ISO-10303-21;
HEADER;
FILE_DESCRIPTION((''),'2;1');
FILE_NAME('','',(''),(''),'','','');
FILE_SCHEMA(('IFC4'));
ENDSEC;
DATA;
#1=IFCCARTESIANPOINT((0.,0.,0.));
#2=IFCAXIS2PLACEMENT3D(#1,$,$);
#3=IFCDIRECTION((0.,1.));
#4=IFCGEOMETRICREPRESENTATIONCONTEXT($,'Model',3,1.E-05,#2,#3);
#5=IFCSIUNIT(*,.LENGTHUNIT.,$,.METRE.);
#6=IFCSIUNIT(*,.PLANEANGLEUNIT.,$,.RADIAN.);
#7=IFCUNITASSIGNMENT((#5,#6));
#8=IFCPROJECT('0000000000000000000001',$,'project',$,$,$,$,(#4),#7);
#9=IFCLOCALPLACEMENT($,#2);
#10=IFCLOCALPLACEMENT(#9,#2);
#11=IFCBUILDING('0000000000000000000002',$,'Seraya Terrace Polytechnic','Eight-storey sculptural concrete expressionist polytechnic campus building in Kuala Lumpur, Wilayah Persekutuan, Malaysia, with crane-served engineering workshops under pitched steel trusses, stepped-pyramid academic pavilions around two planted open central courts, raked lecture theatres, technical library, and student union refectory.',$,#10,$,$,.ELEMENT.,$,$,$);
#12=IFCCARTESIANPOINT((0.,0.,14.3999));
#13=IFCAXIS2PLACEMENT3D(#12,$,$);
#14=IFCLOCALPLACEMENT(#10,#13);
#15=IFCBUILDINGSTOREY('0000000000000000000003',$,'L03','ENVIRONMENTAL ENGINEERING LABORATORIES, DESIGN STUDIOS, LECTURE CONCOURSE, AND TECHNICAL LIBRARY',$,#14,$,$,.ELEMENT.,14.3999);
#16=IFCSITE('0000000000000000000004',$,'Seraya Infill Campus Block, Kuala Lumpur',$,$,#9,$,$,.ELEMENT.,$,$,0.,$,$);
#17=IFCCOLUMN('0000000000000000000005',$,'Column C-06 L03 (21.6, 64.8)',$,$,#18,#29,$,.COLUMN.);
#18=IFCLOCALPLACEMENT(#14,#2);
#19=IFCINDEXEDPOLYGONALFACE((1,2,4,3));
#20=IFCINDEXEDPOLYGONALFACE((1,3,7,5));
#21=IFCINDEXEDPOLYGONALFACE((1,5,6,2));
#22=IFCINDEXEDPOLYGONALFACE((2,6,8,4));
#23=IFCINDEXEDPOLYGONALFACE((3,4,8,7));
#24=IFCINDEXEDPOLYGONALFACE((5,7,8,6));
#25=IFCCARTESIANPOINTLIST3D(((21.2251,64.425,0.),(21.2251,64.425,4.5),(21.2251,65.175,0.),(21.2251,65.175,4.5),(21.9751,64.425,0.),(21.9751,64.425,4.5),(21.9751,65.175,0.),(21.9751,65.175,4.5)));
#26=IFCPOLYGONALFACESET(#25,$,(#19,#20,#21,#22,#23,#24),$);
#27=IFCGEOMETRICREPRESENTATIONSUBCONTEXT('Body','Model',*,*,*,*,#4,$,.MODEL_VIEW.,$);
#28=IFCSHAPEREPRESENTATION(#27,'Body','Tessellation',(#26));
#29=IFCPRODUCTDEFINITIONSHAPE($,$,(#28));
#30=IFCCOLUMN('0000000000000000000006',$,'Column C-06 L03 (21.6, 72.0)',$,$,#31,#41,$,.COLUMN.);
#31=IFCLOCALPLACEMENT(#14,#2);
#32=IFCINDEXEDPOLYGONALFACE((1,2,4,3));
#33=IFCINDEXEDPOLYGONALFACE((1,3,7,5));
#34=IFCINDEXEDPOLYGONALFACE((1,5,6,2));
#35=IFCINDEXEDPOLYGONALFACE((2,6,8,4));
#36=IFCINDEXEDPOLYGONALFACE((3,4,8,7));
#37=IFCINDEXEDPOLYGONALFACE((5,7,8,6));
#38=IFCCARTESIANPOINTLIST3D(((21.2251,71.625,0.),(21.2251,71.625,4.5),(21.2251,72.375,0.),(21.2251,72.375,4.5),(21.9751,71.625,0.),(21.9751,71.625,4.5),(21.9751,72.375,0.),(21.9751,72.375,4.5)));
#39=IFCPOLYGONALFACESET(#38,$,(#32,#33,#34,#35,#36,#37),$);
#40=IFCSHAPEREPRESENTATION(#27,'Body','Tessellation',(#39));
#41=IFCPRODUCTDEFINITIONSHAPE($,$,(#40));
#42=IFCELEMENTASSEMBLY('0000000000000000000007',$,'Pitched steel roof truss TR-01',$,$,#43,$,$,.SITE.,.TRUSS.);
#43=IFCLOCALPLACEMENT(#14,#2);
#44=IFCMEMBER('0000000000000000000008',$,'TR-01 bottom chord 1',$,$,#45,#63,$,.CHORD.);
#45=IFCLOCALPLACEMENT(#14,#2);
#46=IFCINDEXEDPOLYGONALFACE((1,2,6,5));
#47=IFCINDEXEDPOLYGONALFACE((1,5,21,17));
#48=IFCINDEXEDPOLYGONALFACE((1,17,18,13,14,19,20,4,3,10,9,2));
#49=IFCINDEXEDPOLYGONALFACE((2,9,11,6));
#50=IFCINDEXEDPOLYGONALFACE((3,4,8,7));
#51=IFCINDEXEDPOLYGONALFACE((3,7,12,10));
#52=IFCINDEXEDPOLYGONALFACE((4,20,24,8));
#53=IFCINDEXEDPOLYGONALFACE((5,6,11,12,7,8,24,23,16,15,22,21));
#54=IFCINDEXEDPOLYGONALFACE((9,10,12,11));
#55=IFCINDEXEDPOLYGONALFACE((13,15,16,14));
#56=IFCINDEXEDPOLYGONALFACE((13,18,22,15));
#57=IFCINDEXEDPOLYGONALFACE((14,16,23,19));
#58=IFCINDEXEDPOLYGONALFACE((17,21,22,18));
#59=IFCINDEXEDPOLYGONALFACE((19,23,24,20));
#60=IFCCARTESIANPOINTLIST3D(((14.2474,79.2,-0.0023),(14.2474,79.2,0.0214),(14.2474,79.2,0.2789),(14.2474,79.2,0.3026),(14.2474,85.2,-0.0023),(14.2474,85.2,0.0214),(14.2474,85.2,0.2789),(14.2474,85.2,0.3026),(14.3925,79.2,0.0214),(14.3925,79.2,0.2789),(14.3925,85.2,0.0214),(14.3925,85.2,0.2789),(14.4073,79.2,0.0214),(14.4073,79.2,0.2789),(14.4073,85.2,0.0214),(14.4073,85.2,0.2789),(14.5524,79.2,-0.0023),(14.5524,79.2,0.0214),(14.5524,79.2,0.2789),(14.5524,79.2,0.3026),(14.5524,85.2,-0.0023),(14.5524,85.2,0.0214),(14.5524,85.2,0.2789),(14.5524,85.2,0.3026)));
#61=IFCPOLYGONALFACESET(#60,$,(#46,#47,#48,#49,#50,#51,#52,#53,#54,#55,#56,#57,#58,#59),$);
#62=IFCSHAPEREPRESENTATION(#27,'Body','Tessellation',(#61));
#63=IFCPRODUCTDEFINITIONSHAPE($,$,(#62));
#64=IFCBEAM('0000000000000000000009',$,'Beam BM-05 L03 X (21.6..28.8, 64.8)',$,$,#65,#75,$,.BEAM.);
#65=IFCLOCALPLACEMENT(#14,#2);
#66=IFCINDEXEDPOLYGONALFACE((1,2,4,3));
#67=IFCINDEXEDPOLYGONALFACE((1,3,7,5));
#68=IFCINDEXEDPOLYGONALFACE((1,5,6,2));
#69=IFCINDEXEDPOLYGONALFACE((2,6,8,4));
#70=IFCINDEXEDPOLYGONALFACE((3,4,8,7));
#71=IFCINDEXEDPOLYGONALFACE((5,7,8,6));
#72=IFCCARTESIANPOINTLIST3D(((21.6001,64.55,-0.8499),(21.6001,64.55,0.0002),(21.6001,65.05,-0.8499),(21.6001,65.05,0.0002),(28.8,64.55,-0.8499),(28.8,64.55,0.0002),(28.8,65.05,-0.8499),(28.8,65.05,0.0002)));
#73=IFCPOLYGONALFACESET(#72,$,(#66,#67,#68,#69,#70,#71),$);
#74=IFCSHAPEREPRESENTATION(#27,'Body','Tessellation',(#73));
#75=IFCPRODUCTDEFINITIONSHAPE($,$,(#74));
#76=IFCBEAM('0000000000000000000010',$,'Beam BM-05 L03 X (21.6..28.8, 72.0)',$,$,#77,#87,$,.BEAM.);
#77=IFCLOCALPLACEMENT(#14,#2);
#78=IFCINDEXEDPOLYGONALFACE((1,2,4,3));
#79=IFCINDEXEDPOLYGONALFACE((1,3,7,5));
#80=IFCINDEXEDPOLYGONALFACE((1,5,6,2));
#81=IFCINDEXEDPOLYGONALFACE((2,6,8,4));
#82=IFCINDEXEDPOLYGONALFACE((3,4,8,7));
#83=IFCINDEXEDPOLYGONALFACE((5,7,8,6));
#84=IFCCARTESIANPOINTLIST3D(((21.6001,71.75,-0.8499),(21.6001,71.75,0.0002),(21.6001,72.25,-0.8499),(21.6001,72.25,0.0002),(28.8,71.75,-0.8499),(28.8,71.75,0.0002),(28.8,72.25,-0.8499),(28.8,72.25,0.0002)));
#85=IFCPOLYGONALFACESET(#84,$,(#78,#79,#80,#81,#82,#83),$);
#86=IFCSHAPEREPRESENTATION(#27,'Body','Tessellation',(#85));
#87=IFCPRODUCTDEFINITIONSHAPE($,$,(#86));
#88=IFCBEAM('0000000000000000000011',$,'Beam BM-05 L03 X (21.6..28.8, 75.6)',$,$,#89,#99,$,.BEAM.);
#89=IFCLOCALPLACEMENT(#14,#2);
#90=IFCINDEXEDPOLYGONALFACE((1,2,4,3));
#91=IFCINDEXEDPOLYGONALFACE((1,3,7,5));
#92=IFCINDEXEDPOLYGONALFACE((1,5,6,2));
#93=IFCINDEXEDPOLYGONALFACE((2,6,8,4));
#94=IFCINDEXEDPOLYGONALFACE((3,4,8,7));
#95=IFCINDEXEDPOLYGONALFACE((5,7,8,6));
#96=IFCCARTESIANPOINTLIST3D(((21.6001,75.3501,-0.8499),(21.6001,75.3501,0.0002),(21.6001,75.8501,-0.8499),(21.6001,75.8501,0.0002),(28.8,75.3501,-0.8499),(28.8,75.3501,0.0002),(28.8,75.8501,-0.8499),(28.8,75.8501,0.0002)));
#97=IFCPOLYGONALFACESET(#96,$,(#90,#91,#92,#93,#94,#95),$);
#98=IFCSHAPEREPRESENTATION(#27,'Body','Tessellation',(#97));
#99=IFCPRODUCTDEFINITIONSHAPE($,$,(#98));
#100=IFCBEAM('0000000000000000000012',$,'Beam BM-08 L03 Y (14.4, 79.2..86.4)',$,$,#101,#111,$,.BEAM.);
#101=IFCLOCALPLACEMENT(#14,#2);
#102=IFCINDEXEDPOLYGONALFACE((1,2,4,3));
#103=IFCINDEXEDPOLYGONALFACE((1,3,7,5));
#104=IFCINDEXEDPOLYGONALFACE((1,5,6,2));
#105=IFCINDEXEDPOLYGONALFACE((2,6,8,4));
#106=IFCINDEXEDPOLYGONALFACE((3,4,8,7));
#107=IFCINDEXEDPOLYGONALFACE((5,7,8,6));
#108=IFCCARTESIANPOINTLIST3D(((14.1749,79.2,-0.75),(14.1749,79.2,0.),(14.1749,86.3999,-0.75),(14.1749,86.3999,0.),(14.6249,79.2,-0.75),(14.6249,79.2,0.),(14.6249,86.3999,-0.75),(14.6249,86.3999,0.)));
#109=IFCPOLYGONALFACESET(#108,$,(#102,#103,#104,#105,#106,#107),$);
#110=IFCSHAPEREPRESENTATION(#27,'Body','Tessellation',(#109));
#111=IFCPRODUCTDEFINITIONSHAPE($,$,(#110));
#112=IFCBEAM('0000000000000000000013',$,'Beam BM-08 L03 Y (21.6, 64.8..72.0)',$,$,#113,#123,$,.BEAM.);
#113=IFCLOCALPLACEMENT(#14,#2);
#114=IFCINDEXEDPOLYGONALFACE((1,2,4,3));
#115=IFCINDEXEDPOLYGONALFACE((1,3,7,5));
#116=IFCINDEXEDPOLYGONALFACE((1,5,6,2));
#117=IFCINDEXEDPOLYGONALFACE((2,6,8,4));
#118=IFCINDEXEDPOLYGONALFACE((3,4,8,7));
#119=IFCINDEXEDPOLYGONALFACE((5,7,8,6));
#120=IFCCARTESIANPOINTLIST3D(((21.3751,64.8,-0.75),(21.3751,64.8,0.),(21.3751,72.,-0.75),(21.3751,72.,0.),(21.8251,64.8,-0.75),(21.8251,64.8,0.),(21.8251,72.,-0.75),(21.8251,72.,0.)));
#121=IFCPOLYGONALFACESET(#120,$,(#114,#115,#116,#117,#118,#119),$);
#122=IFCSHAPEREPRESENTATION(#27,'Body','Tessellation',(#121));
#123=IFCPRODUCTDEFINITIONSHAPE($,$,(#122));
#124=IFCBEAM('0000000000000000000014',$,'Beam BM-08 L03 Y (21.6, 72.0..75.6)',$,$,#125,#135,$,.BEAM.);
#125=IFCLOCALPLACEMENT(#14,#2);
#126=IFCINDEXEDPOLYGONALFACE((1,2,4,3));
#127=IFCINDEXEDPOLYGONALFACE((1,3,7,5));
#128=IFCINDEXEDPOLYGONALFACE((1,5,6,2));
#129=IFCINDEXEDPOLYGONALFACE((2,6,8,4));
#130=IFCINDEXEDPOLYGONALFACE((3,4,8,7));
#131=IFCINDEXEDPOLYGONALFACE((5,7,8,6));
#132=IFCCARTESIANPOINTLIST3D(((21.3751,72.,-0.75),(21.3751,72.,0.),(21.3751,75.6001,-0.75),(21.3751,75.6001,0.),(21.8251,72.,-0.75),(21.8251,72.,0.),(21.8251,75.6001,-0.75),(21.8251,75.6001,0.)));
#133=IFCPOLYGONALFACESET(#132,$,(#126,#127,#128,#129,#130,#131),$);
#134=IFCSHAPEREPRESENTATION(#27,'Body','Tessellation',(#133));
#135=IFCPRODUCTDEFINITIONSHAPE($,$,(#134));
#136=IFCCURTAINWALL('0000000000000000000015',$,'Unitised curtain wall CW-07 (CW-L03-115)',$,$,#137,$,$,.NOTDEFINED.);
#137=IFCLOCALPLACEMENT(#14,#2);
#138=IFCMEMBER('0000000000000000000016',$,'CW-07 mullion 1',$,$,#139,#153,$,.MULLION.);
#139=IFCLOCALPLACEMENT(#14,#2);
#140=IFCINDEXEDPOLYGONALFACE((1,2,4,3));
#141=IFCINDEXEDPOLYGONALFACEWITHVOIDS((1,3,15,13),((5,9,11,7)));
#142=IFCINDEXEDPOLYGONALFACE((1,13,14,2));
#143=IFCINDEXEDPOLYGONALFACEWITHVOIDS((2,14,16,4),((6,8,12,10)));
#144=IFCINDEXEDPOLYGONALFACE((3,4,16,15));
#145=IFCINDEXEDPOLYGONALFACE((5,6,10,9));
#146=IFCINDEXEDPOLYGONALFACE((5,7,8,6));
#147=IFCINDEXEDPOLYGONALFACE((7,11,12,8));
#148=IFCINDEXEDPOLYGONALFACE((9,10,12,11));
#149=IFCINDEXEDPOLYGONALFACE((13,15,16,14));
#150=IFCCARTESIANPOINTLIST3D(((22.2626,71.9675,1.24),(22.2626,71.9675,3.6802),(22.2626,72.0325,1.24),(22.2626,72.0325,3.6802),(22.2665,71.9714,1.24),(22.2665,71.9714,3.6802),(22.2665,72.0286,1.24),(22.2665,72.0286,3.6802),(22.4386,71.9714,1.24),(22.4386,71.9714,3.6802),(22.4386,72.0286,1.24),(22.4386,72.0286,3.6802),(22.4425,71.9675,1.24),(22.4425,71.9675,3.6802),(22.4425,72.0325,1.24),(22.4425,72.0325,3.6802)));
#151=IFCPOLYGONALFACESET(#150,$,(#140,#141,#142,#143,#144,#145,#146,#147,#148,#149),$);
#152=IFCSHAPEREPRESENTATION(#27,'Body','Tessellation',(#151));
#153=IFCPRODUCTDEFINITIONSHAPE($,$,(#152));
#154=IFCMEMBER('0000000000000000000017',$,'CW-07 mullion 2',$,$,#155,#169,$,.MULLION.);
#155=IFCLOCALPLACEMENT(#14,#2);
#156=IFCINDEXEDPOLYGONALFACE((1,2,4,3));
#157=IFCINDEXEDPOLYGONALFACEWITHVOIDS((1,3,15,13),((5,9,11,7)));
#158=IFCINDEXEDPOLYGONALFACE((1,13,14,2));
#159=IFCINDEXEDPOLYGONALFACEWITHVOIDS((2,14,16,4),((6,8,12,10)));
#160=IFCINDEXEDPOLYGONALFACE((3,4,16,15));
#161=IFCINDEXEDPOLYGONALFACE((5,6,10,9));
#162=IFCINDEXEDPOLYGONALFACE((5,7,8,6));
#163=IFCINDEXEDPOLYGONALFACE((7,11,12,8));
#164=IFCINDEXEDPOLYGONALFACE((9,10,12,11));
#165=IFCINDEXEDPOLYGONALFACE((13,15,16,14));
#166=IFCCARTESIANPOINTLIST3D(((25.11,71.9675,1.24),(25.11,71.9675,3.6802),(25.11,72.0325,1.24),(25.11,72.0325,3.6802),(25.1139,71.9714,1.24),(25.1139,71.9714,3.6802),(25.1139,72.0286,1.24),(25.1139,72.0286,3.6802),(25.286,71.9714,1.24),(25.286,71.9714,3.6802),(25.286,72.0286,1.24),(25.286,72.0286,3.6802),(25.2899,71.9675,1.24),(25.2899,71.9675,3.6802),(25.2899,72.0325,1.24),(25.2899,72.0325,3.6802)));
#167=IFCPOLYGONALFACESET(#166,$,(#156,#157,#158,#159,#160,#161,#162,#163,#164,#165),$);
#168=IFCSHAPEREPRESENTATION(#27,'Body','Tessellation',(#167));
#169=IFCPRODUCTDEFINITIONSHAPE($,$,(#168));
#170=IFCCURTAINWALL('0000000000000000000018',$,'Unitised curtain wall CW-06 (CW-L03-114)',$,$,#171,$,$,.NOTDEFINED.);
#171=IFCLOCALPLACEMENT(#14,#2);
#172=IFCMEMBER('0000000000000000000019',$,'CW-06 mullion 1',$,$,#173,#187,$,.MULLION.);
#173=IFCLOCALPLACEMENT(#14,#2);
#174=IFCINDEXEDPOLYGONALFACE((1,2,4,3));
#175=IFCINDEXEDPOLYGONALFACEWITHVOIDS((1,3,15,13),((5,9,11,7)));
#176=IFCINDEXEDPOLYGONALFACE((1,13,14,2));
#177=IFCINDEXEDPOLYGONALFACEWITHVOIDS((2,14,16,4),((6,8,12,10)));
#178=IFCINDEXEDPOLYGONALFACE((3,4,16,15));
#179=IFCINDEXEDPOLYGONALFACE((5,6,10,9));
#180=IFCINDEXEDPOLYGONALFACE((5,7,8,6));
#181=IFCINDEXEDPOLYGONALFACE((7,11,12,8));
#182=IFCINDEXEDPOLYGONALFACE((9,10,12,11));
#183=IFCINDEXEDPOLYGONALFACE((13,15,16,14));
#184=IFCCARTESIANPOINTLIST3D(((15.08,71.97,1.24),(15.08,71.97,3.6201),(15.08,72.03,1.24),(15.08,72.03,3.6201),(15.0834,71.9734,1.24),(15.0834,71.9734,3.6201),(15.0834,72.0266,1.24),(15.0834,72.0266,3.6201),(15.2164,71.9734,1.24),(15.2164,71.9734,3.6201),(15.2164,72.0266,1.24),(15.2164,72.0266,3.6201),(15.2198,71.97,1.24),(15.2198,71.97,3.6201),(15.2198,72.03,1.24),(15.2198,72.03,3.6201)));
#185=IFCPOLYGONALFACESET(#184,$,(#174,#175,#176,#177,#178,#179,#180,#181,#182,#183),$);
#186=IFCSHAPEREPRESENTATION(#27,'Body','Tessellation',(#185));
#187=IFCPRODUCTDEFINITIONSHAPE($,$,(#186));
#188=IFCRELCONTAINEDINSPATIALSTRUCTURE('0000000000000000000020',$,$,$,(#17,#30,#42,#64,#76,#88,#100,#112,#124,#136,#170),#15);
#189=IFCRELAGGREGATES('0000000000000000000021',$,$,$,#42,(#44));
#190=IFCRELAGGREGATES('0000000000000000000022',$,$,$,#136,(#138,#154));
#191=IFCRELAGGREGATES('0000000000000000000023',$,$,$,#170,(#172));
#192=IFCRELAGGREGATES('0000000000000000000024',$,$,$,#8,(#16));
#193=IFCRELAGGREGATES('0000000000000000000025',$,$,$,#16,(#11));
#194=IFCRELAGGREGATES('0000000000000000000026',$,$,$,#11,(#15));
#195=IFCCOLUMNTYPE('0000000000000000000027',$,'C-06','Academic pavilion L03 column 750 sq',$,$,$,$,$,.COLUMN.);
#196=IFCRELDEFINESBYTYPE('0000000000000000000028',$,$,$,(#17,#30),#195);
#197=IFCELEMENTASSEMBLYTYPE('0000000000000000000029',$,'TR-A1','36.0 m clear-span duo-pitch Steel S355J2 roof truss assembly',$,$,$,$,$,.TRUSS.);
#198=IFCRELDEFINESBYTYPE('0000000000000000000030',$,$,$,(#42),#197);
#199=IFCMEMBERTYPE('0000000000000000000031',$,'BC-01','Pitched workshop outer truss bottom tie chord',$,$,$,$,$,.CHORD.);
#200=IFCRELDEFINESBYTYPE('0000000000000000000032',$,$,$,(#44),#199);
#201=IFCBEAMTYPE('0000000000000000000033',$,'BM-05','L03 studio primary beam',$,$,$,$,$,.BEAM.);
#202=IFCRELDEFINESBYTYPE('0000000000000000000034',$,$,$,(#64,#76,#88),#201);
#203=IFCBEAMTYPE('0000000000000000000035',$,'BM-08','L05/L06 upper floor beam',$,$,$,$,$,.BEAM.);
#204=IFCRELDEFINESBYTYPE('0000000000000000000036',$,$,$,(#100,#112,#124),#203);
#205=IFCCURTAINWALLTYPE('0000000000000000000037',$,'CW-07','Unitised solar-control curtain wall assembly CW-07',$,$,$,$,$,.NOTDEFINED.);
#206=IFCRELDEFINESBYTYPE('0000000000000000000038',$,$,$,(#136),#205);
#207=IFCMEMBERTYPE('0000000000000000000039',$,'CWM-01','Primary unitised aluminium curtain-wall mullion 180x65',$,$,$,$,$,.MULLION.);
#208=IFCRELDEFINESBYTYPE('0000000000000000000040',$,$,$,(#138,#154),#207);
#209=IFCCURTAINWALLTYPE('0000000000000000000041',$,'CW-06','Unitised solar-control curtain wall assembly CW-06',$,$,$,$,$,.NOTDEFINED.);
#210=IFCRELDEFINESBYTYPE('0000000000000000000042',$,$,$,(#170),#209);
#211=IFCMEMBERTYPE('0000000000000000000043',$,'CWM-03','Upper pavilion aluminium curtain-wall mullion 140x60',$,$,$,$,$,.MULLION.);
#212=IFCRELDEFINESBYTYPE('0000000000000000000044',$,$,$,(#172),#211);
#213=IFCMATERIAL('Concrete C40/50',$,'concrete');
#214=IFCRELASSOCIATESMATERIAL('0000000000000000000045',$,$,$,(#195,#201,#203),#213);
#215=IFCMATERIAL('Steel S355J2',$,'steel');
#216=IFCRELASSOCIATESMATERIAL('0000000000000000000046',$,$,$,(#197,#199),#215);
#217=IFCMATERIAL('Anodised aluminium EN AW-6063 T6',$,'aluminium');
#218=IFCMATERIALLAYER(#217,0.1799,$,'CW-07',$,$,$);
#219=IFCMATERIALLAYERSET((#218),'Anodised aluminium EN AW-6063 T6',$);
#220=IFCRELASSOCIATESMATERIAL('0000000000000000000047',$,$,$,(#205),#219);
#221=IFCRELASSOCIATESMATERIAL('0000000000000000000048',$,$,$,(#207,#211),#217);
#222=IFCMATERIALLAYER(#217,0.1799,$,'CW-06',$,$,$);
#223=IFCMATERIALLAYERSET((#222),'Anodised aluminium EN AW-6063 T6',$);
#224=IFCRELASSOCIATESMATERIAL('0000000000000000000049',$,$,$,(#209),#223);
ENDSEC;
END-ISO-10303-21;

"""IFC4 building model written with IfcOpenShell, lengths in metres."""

from ifc_helpers import new_model, si_unit, direction, frame, origin, origin_2d, place, context, subcontext, project, spatial, rectangle, hollow_rectangle, i_section, extrude, material, layer, layer_set, material_profile, profile_set, type_object, element, aggregate, save


model = new_model("IFC4")

# Units and contexts
model_context = context("Model", 3, precision=1e-05, world=origin(), true_north=direction((0.0, 1.0)))
body_context = subcontext(model_context, "Body", "Model", "MODEL_VIEW")
ifc_project = project(units=[si_unit("LENGTHUNIT", "METRE"), si_unit("PLANEANGLEUNIT", "RADIAN")], contexts=[model_context])

# Site, building, storey
site_placement = place(None, origin())
site = spatial("IfcSite", under=ifc_project, at=site_placement, Name="Seraya Infill Campus Block, Kuala Lumpur", CompositionType="ELEMENT", RefElevation=0.0)
building_placement = place(site_placement, origin())
building = spatial("IfcBuilding", under=site, at=building_placement, Name="Seraya Terrace Polytechnic", Description="Eight-storey sculptural concrete expressionist polytechnic campus building in Kuala Lumpur, Wilayah Persekutuan, Malaysia, with crane-served engineering workshops under pitched steel trusses, stepped-pyramid academic pavilions around two planted open central courts, raked lecture theatres, technical library, and student union refectory.", CompositionType="ELEMENT")
storey_placement = place(building_placement, frame((0.0, 0.0, 14.3999)))
storey = spatial("IfcBuildingStorey", under=building, at=storey_placement, Name="L03", Description="ENVIRONMENTAL ENGINEERING LABORATORIES, DESIGN STUDIOS, LECTURE CONCOURSE, AND TECHNICAL LIBRARY", CompositionType="ELEMENT", Elevation=14.3999)

# Columns
ifc_material_1 = material(Name="Concrete C40/50", Category="concrete")
ifc_material_profile_1 = material_profile(ifc_material_1, rectangle(XDim=0.75, YDim=0.75, at=origin_2d()), Name="RC 750x750")
ifc_profile_set_1 = profile_set([ifc_material_profile_1], Name="Concrete C40/50")
column_type = type_object("IfcColumnType", Name="C-06", Description="Academic pavilion L03 column 750 sq", PredefinedType="COLUMN", material=ifc_profile_set_1)
for number, where, z_axis, x_axis, name in (
    (1, (21.6001, 64.8, 0.0), (0.0, 0.0, 1.0), (1.0, 0.0, 0.0), "Column C-06 L03 (21.6, 64.8)"),
    (2, (21.6001, 72.0, 0.0), (0.0, 0.0, 1.0), (1.0, 0.0, 0.0), "Column C-06 L03 (21.6, 72.0)"),
):
    element("IfcColumn", number, at=place(storey_placement, frame(where, z_axis=z_axis, x_axis=x_axis)), inside=storey, type_object=column_type, Name=name, PredefinedType="COLUMN", context=body_context, shape_type="SweptSolid", body=[
        extrude(rectangle(XDim=0.75, YDim=0.75, at=origin_2d()), origin(), (0.0, 0.0, 1.0), 4.5),
    ])

# Element assembly, member
ifc_material_2 = material(Name="Steel S355J2", Category="steel")
element_assembly_type = type_object("IfcElementAssemblyType", Name="TR-A1", Description="36.0 m clear-span duo-pitch Steel S355J2 roof truss assembly", PredefinedType="TRUSS", material=ifc_material_2)
assembly_placement = place(storey_placement, origin())
assembly = element("IfcElementAssembly", 3, at=assembly_placement, inside=storey, type_object=element_assembly_type, Name="Pitched steel roof truss TR-01", AssemblyPlace="SITE", PredefinedType="TRUSS")
ifc_material_profile_2 = material_profile(ifc_material_2, i_section(OverallWidth=0.3049, OverallDepth=0.3049, WebThickness=0.0149, FlangeThickness=0.0237, at=origin_2d()), Name="UKC 305x305x14.9x23.8")
ifc_profile_set_2 = profile_set([ifc_material_profile_2], Name="Steel S355J2")
member_type_1 = type_object("IfcMemberType", Name="BC-01", Description="Pitched workshop outer truss bottom tie chord", PredefinedType="CHORD", material=ifc_profile_set_2)
member_1_placement = place(storey_placement, frame((14.3999, 79.2, 0.1501), z_axis=(0.0, 1.0, 0.0), x_axis=(-1.0, 0.0, 0.0)))
member_1 = element("IfcMember", 4, at=member_1_placement, type_object=member_type_1, Name="TR-01 bottom chord 1", PredefinedType="CHORD", context=body_context, shape_type="SweptSolid", body=[
    extrude(i_section(OverallWidth=0.3049, OverallDepth=0.3049, WebThickness=0.0149, FlangeThickness=0.0237, at=origin_2d()), origin(), (0.0, 0.0, 1.0), 6.0),
])

# Beams
ifc_material_profile_3 = material_profile(ifc_material_1, rectangle(XDim=0.5, YDim=0.8501, at=origin_2d()), Name="RC 500x850")
ifc_profile_set_3 = profile_set([ifc_material_profile_3], Name="Concrete C40/50")
beam_type_1 = type_object("IfcBeamType", Name="BM-05", Description="L03 studio primary beam", PredefinedType="BEAM", material=ifc_profile_set_3)
for number, where, z_axis, x_axis, name in (
    (5, (21.6001, 64.8, -0.4248), (1.0, 0.0, 0.0), (0.0, 1.0, 0.0), "Beam BM-05 L03 X (21.6..28.8, 64.8)"),
    (6, (21.6001, 72.0, -0.4248), (1.0, 0.0, 0.0), (0.0, 1.0, 0.0), "Beam BM-05 L03 X (21.6..28.8, 72.0)"),
    (7, (21.6001, 75.6001, -0.4248), (1.0, 0.0, 0.0), (0.0, 1.0, 0.0), "Beam BM-05 L03 X (21.6..28.8, 75.6)"),
):
    element("IfcBeam", number, at=place(storey_placement, frame(where, z_axis=z_axis, x_axis=x_axis)), inside=storey, type_object=beam_type_1, Name=name, PredefinedType="BEAM", context=body_context, shape_type="SweptSolid", body=[
        extrude(rectangle(XDim=0.5, YDim=0.8501, at=origin_2d()), origin(), (0.0, 0.0, 1.0), 7.2),
    ])
ifc_material_profile_4 = material_profile(ifc_material_1, rectangle(XDim=0.45, YDim=0.75, at=origin_2d()), Name="RC 450x750")
ifc_profile_set_4 = profile_set([ifc_material_profile_4], Name="Concrete C40/50")
beam_type_2 = type_object("IfcBeamType", Name="BM-08", Description="L05/L06 upper floor beam", PredefinedType="BEAM", material=ifc_profile_set_4)
for number, where, z_axis, x_axis, name in (
    (8, (14.3999, 79.2, -0.375), (0.0, 1.0, 0.0), (-1.0, 0.0, 0.0), "Beam BM-08 L03 Y (14.4, 79.2..86.4)"),
    (9, (21.6001, 64.8, -0.375), (0.0, 1.0, 0.0), (-1.0, 0.0, 0.0), "Beam BM-08 L03 Y (21.6, 64.8..72.0)"),
):
    element("IfcBeam", number, at=place(storey_placement, frame(where, z_axis=z_axis, x_axis=x_axis)), inside=storey, type_object=beam_type_2, Name=name, PredefinedType="BEAM", context=body_context, shape_type="SweptSolid", body=[
        extrude(rectangle(XDim=0.45, YDim=0.75, at=origin_2d()), origin(), (0.0, 0.0, 1.0), 7.2),
    ])
beam_1_placement = place(storey_placement, frame((21.6001, 72.0, -0.375), z_axis=(0.0, 1.0, 0.0), x_axis=(-1.0, 0.0, 0.0)))
element("IfcBeam", 10, at=beam_1_placement, inside=storey, type_object=beam_type_2, Name="Beam BM-08 L03 Y (21.6, 72.0..75.6)", PredefinedType="BEAM", context=body_context, shape_type="SweptSolid", body=[
    extrude(rectangle(XDim=0.45, YDim=0.75, at=origin_2d()), origin(), (0.0, 0.0, 1.0), 3.6001),
])

# Curtain walls, members
ifc_material_3 = material(Name="Anodised aluminium EN AW-6063 T6", Category="aluminium")
ifc_layer_1 = layer(ifc_material_3, 0.1799, Name="CW-07")
ifc_layer_set_1 = layer_set([ifc_layer_1], Name="Anodised aluminium EN AW-6063 T6")
curtain_wall_type_1 = type_object("IfcCurtainWallType", Name="CW-07", Description="Unitised solar-control curtain wall assembly CW-07", PredefinedType="NOTDEFINED", material=ifc_layer_set_1)
curtain_wall_1_placement = place(storey_placement, origin())
curtain_wall_1 = element("IfcCurtainWall", 11, at=curtain_wall_1_placement, inside=storey, type_object=curtain_wall_type_1, Name="Unitised curtain wall CW-07 (CW-L03-115)", PredefinedType="NOTDEFINED")
ifc_material_profile_5 = material_profile(ifc_material_3, hollow_rectangle(XDim=0.0649, YDim=0.1799, WallThickness=0.0039, at=origin_2d()), Name="RHS 180x65x4.0")
ifc_profile_set_5 = profile_set([ifc_material_profile_5], Name="Anodised aluminium EN AW-6063 T6")
member_type_2 = type_object("IfcMemberType", Name="CWM-01", Description="Primary unitised aluminium curtain-wall mullion 180x65", PredefinedType="MULLION", material=ifc_profile_set_5)
member_2_placement = place(storey_placement, frame((22.3525, 72.0, 1.24), z_axis=(0.0, 0.0, 1.0), x_axis=(0.0, 1.0, 0.0)))
member_2 = element("IfcMember", 12, at=member_2_placement, type_object=member_type_2, Name="CW-07 mullion 1", PredefinedType="MULLION", context=body_context, shape_type="SweptSolid", body=[
    extrude(hollow_rectangle(XDim=0.0649, YDim=0.1799, WallThickness=0.0039, at=origin_2d()), origin(), (0.0, 0.0, 1.0), 2.4402),
])
member_3_placement = place(storey_placement, frame((25.2, 72.0, 1.24), z_axis=(0.0, 0.0, 1.0), x_axis=(0.0, 1.0, 0.0)))
member_3 = element("IfcMember", 13, at=member_3_placement, type_object=member_type_2, Name="CW-07 mullion 2", PredefinedType="MULLION", context=body_context, shape_type="SweptSolid", body=[
    extrude(hollow_rectangle(XDim=0.0649, YDim=0.1799, WallThickness=0.0039, at=origin_2d()), origin(), (0.0, 0.0, 1.0), 2.4402),
])
ifc_layer_2 = layer(ifc_material_3, 0.1799, Name="CW-06")
ifc_layer_set_2 = layer_set([ifc_layer_2], Name="Anodised aluminium EN AW-6063 T6")
curtain_wall_type_2 = type_object("IfcCurtainWallType", Name="CW-06", Description="Unitised solar-control curtain wall assembly CW-06", PredefinedType="NOTDEFINED", material=ifc_layer_set_2)
curtain_wall_2_placement = place(storey_placement, origin())
curtain_wall_2 = element("IfcCurtainWall", 14, at=curtain_wall_2_placement, inside=storey, type_object=curtain_wall_type_2, Name="Unitised curtain wall CW-06 (CW-L03-114)", PredefinedType="NOTDEFINED")
ifc_material_profile_6 = material_profile(ifc_material_3, hollow_rectangle(XDim=0.0601, YDim=0.1399, WallThickness=0.0034, at=origin_2d()), Name="RHS 140x60x3.5")
ifc_profile_set_6 = profile_set([ifc_material_profile_6], Name="Anodised aluminium EN AW-6063 T6")
member_type_3 = type_object("IfcMemberType", Name="CWM-03", Description="Upper pavilion aluminium curtain-wall mullion 140x60", PredefinedType="MULLION", material=ifc_profile_set_6)
member_4_placement = place(storey_placement, frame((15.1499, 72.0, 1.24), z_axis=(0.0, 0.0, 1.0), x_axis=(0.0, 1.0, 0.0)))
member_4 = element("IfcMember", 15, at=member_4_placement, type_object=member_type_3, Name="CW-06 mullion 1", PredefinedType="MULLION", context=body_context, shape_type="SweptSolid", body=[
    extrude(hollow_rectangle(XDim=0.0601, YDim=0.1399, WallThickness=0.0034, at=origin_2d()), origin(), (0.0, 0.0, 1.0), 2.3801),
])

aggregate(assembly, [member_1])

aggregate(curtain_wall_1, [member_2, member_3])
aggregate(curtain_wall_2, [member_4])

save(model, "model.ifc")
